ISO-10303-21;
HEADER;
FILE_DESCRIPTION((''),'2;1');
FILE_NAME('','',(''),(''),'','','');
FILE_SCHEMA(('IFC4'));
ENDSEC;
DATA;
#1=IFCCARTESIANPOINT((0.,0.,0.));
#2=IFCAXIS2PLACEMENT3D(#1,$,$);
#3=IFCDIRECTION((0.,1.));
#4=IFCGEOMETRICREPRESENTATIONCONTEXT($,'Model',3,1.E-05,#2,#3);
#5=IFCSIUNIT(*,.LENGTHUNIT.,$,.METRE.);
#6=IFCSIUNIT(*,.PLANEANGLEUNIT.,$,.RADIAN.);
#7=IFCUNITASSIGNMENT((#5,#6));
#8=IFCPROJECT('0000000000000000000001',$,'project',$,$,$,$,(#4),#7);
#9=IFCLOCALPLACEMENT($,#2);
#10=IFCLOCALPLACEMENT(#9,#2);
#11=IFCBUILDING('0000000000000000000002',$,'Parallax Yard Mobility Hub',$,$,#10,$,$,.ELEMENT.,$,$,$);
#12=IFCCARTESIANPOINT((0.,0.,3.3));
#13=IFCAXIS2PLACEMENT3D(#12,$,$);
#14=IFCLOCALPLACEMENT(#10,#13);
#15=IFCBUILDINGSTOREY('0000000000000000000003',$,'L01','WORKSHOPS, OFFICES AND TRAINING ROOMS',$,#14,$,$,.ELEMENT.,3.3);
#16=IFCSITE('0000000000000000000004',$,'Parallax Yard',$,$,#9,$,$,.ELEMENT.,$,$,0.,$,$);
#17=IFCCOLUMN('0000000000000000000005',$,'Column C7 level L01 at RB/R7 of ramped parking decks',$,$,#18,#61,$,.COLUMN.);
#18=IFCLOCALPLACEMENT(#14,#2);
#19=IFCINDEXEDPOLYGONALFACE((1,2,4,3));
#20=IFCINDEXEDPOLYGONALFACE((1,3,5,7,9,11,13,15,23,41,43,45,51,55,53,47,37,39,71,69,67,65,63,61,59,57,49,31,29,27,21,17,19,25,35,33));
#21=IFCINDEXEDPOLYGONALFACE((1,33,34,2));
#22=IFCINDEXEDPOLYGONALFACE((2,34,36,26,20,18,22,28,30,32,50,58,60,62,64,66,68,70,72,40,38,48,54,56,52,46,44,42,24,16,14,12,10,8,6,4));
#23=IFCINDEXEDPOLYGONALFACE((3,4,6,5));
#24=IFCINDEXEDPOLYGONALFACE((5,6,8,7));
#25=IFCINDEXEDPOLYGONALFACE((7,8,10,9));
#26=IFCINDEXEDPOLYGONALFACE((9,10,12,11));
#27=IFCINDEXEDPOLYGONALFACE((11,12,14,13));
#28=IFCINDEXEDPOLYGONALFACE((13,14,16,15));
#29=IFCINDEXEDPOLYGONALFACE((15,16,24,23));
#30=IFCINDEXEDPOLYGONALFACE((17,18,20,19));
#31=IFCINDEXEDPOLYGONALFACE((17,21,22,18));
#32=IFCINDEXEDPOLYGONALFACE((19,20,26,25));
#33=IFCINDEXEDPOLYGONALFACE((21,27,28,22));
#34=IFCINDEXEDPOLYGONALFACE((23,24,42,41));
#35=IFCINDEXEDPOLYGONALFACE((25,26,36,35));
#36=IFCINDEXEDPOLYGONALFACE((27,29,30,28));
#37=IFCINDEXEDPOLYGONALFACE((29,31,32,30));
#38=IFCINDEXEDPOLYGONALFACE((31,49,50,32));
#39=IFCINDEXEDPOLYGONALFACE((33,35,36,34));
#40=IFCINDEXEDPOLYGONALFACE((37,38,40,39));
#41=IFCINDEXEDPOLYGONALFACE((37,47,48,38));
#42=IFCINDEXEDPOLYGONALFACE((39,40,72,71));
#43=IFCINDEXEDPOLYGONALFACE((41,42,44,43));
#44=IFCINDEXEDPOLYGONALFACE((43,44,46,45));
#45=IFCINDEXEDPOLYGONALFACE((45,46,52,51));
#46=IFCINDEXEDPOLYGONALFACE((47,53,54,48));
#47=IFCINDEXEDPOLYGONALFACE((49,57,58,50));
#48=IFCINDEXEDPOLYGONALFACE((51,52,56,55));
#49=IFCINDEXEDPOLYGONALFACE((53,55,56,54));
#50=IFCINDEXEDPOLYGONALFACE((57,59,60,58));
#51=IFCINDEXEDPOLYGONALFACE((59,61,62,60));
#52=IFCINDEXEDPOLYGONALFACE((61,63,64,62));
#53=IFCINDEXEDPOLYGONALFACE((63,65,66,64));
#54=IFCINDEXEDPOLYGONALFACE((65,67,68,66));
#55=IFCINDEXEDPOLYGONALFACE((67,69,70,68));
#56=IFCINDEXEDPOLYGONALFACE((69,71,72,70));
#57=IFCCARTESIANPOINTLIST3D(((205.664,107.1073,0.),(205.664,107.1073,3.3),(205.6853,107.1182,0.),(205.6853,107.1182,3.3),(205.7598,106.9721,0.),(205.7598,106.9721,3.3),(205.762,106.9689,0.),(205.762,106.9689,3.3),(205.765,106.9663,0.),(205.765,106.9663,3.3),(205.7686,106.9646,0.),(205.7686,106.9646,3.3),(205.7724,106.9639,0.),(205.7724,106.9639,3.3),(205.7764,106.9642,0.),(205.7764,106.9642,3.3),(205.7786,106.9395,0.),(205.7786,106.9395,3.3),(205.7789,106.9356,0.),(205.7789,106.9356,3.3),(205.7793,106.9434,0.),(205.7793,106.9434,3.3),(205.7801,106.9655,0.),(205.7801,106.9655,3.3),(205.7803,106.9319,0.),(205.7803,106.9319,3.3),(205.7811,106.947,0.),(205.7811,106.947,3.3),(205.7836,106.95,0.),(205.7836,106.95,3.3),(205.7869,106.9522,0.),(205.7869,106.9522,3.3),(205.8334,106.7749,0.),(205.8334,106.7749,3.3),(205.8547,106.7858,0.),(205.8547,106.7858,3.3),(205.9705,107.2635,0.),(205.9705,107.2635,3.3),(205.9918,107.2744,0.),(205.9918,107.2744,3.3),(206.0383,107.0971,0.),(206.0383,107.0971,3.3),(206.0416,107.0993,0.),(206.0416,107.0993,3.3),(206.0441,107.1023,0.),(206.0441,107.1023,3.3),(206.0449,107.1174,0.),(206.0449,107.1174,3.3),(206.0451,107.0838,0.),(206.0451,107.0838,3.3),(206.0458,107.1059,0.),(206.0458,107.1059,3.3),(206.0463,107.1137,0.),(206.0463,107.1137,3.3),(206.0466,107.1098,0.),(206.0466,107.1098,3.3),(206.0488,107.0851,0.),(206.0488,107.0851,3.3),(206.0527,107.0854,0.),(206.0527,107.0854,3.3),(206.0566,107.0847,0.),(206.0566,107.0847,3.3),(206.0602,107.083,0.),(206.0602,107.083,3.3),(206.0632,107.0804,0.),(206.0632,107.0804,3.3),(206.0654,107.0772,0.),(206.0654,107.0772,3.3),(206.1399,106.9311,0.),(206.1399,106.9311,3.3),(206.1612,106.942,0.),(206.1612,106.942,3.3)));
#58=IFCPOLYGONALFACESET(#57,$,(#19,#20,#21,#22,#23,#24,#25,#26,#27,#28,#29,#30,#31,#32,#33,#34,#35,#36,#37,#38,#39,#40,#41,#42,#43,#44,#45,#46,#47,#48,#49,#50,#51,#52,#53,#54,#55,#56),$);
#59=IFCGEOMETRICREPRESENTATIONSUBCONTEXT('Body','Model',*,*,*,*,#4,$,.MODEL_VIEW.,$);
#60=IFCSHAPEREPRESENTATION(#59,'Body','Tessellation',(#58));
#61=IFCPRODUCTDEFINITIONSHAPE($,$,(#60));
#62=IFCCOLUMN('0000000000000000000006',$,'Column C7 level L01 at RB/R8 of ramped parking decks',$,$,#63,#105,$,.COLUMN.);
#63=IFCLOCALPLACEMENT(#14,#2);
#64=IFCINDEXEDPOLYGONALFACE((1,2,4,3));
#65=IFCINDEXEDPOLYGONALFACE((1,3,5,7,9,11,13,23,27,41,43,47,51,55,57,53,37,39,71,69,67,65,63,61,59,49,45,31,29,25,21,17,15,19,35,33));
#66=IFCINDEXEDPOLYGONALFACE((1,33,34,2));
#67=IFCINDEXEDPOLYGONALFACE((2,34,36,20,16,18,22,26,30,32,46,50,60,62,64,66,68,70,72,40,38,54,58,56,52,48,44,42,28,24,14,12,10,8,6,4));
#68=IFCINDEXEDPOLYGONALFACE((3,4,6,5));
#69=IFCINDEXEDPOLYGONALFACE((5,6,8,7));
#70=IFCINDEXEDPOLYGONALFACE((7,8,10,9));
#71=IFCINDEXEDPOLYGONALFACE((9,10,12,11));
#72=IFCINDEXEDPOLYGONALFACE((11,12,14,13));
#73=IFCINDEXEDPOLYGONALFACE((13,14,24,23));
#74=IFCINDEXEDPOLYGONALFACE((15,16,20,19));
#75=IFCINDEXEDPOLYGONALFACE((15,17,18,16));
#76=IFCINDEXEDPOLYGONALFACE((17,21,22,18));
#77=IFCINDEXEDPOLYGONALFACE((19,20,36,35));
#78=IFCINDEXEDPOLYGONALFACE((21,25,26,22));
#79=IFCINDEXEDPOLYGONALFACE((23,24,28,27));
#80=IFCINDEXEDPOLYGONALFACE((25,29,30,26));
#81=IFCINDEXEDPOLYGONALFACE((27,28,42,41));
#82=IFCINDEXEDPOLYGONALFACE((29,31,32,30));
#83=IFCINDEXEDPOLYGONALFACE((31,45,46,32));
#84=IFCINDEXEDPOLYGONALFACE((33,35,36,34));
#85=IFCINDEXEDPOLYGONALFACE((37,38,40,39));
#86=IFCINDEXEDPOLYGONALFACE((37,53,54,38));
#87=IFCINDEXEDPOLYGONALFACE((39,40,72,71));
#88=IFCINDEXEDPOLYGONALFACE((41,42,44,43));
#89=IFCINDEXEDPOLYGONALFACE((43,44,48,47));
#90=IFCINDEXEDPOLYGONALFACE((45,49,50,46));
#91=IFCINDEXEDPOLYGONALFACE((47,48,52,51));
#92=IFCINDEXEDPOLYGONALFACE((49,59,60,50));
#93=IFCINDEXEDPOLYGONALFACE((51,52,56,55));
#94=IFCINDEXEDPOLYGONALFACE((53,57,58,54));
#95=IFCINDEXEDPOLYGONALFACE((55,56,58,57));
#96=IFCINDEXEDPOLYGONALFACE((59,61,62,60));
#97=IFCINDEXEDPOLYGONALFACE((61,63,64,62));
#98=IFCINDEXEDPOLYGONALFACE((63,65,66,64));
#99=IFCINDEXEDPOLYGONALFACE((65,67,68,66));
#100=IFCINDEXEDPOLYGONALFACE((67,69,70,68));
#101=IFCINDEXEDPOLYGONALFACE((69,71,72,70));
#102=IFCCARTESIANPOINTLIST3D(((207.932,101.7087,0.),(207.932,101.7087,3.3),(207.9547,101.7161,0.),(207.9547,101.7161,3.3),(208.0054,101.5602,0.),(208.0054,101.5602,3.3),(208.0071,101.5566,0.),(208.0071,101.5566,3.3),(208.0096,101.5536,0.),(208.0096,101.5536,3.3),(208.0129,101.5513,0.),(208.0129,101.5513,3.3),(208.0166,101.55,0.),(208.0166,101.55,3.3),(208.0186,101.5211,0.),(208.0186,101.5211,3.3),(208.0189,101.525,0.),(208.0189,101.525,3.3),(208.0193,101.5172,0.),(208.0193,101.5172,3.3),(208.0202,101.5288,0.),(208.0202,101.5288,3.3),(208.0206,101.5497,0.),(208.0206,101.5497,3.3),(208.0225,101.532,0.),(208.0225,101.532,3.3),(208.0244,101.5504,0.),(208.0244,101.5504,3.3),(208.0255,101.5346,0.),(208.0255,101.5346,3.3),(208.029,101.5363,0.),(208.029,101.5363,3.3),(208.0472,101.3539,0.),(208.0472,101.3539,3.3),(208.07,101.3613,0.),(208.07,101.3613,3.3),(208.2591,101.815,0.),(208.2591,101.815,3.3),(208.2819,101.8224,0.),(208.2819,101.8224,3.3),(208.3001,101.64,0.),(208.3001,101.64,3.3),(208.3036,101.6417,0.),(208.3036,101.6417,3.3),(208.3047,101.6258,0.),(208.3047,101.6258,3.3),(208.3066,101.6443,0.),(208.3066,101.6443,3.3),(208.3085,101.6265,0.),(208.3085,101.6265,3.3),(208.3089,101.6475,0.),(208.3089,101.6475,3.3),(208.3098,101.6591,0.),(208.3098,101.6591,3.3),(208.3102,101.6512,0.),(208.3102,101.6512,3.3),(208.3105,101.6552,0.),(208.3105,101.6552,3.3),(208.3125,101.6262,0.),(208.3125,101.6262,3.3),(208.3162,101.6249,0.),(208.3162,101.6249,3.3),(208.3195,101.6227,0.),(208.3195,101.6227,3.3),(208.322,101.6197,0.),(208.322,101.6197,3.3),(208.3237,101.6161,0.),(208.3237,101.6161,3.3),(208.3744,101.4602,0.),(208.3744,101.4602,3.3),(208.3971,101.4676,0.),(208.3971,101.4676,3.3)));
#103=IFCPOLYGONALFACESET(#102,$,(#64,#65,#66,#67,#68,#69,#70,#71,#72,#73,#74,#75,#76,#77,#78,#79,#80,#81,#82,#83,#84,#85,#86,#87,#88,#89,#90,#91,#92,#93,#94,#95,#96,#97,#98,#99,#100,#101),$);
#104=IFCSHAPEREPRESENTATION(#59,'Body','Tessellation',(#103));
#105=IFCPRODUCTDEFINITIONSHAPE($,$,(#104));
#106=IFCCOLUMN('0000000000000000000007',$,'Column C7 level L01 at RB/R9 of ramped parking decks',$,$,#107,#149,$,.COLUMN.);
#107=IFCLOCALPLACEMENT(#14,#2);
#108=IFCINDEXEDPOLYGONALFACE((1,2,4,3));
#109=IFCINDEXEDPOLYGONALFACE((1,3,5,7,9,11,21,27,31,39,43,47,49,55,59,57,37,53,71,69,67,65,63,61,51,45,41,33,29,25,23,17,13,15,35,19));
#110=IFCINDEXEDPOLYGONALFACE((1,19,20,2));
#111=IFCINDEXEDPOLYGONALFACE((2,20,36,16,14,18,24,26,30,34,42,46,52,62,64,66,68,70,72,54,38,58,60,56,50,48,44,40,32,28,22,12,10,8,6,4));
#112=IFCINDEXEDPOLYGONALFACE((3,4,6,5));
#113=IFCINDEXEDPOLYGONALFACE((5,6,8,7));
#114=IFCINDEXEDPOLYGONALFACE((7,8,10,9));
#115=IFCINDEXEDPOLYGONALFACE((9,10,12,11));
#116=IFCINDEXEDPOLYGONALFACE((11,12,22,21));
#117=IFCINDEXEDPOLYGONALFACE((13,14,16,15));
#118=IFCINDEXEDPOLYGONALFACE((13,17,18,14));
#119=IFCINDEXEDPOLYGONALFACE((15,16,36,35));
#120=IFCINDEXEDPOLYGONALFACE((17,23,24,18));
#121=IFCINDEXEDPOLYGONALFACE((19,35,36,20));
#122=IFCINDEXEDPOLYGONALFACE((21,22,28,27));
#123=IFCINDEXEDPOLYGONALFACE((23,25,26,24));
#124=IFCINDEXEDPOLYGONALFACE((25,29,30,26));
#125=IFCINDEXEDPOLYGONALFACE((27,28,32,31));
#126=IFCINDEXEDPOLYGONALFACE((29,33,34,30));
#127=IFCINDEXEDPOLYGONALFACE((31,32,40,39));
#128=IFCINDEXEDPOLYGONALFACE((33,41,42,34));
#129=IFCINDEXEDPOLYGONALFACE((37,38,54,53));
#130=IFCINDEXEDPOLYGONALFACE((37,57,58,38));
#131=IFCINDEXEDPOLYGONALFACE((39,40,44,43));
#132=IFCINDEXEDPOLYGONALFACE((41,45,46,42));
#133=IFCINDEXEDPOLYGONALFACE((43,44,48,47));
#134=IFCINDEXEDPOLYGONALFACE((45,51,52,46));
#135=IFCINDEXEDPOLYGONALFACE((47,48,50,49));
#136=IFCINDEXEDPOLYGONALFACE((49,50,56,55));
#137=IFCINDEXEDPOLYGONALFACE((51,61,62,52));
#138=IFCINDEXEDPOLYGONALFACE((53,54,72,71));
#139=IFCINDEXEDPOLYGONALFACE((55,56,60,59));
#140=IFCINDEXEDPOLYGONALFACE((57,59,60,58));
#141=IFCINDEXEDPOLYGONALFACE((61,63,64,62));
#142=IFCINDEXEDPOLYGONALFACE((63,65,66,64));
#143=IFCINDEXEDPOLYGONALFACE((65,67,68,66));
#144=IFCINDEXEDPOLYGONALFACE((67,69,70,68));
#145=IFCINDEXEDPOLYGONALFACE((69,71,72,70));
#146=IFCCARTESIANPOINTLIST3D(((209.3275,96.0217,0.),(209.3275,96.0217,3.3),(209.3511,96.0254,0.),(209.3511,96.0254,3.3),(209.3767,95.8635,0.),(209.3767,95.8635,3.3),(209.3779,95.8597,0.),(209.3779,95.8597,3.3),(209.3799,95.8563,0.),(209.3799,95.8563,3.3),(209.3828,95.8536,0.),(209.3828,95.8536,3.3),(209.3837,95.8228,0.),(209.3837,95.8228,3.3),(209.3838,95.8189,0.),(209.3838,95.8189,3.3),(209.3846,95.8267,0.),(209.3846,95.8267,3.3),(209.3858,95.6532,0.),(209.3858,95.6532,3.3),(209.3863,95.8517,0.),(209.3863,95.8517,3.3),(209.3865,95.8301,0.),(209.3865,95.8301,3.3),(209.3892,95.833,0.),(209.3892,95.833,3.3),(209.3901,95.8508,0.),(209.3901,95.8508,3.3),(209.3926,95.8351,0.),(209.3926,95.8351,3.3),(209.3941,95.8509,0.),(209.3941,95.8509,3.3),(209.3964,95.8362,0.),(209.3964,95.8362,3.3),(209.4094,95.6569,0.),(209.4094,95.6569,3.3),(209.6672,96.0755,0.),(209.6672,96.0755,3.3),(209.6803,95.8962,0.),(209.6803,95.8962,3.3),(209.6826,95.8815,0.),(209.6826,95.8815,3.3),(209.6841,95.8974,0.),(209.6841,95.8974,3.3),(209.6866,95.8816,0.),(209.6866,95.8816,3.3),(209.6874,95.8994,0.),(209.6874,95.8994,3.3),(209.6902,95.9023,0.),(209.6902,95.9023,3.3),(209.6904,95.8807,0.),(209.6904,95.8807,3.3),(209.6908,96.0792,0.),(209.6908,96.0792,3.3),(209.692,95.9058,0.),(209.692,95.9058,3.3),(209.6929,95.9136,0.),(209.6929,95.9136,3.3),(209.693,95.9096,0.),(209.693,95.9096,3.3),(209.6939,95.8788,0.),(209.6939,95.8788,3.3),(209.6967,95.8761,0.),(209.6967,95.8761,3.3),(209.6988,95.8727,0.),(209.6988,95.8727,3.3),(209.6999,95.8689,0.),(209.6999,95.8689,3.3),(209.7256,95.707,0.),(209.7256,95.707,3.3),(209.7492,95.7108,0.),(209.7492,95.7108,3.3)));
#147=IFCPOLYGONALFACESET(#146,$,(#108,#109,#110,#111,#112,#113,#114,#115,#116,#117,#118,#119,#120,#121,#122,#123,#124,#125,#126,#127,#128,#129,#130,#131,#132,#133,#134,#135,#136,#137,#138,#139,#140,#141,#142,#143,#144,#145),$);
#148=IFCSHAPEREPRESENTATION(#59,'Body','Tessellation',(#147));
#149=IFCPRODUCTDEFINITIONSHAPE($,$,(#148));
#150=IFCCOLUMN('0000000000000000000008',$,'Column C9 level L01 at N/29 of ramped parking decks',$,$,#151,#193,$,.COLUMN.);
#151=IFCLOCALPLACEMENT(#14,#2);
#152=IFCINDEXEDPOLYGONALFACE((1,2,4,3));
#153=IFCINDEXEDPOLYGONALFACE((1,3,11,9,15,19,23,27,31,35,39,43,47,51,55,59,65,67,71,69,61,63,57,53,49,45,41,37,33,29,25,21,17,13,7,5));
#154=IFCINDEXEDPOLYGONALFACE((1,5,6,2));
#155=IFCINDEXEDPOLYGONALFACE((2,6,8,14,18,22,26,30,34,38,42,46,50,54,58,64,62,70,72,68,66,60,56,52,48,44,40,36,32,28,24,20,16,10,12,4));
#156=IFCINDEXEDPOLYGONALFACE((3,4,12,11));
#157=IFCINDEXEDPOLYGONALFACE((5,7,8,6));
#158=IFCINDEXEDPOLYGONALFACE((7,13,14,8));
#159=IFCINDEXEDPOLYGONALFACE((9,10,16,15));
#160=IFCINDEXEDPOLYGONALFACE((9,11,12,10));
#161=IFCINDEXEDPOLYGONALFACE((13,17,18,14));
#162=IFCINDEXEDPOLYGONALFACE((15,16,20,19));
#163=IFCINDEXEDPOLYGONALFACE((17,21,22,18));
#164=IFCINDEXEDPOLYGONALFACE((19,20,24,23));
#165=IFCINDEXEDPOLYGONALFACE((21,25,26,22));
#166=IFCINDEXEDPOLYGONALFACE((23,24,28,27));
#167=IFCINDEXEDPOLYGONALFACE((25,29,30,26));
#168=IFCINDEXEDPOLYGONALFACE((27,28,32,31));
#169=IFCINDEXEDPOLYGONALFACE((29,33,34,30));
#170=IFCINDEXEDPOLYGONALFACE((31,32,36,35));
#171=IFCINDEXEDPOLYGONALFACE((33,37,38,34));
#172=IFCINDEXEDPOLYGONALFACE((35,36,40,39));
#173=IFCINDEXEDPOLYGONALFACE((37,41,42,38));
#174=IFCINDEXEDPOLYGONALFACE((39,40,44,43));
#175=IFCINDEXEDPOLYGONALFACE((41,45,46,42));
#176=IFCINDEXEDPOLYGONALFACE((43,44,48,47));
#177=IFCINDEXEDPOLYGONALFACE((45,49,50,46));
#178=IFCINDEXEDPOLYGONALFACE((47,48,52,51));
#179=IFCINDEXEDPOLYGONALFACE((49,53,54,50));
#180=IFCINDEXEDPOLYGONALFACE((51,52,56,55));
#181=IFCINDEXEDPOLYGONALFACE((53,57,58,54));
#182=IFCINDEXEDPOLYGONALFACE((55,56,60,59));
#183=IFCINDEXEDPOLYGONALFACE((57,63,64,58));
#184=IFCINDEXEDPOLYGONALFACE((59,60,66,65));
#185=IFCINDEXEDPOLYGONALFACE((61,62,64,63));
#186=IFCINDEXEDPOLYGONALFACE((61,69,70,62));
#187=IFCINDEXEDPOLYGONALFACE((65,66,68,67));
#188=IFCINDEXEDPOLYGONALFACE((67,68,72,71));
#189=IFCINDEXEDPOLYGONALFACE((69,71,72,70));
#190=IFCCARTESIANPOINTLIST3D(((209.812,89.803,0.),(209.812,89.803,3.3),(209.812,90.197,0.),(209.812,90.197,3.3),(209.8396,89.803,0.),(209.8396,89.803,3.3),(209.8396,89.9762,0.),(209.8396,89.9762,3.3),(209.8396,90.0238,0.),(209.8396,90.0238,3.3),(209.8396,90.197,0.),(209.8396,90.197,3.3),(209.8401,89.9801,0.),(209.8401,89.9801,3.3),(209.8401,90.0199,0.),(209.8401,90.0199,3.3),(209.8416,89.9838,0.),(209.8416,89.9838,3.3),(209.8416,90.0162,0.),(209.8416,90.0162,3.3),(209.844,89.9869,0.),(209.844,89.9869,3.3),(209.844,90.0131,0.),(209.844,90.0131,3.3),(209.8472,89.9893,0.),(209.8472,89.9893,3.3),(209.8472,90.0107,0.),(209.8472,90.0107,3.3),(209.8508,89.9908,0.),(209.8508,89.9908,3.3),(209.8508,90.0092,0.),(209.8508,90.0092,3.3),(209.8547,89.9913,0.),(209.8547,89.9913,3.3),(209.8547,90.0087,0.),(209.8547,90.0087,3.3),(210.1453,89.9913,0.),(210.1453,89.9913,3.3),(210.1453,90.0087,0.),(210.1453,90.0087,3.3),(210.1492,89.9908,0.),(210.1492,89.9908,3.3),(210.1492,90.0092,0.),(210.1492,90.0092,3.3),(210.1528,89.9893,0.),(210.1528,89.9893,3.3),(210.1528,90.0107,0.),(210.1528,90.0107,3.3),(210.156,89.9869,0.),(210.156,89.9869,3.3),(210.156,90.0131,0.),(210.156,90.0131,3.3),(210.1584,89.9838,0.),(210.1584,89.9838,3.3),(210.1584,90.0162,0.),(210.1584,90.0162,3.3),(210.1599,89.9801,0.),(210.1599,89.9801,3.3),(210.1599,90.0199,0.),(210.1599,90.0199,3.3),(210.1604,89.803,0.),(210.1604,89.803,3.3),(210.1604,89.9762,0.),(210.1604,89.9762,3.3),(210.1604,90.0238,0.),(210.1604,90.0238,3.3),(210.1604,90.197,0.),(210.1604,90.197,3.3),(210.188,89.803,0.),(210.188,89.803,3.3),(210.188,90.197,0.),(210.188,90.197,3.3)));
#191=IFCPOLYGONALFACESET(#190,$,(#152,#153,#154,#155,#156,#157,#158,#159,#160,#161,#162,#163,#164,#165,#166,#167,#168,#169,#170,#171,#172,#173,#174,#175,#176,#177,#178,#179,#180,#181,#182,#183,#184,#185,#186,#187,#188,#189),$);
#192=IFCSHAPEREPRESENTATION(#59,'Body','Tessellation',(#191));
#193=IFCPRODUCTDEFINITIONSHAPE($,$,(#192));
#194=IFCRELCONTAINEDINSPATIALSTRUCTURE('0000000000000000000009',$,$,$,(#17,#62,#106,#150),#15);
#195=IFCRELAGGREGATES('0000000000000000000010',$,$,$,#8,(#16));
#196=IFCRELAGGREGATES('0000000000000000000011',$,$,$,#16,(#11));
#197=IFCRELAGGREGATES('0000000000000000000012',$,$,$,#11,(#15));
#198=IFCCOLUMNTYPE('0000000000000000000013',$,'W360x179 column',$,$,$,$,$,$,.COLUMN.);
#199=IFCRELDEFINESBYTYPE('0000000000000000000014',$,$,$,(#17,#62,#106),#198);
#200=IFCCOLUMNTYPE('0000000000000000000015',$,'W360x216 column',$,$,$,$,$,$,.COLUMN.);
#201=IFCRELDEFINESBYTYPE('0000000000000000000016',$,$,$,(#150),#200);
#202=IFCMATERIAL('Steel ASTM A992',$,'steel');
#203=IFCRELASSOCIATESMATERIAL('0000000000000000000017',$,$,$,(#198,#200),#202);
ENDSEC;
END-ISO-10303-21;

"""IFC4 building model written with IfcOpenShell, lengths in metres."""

from ifc_helpers import new_model, si_unit, direction, frame, origin, origin_2d, place, context, subcontext, project, spatial, i_section, extrude, material, material_profile, profile_set, type_object, element, save


model = new_model("IFC4")

# Units and contexts
model_context = context("Model", 3, precision=1e-05, world=origin(), true_north=direction((0.0, 1.0)))
body_context = subcontext(model_context, "Body", "Model", "MODEL_VIEW")
ifc_project = project(units=[si_unit("LENGTHUNIT", "METRE"), si_unit("PLANEANGLEUNIT", "RADIAN")], contexts=[model_context])

# Site, building, storey
site_placement = place(None, origin())
site = spatial("IfcSite", under=ifc_project, at=site_placement, Name="Parallax Yard", CompositionType="ELEMENT", RefElevation=0.0)
building_placement = place(site_placement, origin())
building = spatial("IfcBuilding", under=site, at=building_placement, Name="Parallax Yard Mobility Hub", CompositionType="ELEMENT")
storey_placement = place(building_placement, frame((0.0, 0.0, 3.3)))
storey = spatial("IfcBuildingStorey", under=building, at=storey_placement, Name="L01", Description="WORKSHOPS, OFFICES AND TRAINING ROOMS", CompositionType="ELEMENT", Elevation=3.3)

# Columns
ifc_material_1 = material(Name="Steel ASTM A992", Category="steel")
ifc_material_profile_1 = material_profile(ifc_material_1, i_section(OverallWidth=0.373, OverallDepth=0.3679, WebThickness=0.0149, FlangeThickness=0.0239, FilletRadius=0.0151, at=origin_2d()), Name="W360x179")
ifc_profile_set_1 = profile_set([ifc_material_profile_1], Name="Steel ASTM A992")
column_type_1 = type_object("IfcColumnType", Name="W360x179 column", PredefinedType="COLUMN", material=ifc_profile_set_1)
for number, where, z_axis, x_axis, name in (
    (1, (205.9126, 107.0247, 0.0), (0.0, 0.0, 1.0), (-0.45399, 0.891007, 0.0), "Column C7 level L01 at RB/R7 of ramped parking decks"),
    (2, (208.1646, 101.5881, 0.0), (0.0, 0.0, 1.0), (-0.309017, 0.951057, 0.0), "Column C7 level L01 at RB/R8 of ramped parking decks"),
    (3, (209.5383, 95.8662, 0.0), (0.0, 0.0, 1.0), (-0.156434, 0.987688, 0.0), "Column C7 level L01 at RB/R9 of ramped parking decks"),
):
    element("IfcColumn", number, at=place(storey_placement, frame(where, z_axis=z_axis, x_axis=x_axis)), inside=storey, type_object=column_type_1, Name=name, PredefinedType="COLUMN", context=body_context, shape_type="SweptSolid", body=[
        extrude(i_section(OverallWidth=0.373, OverallDepth=0.3679, WebThickness=0.0149, FlangeThickness=0.0239, FilletRadius=0.0151, at=origin_2d()), origin(), (0.0, 0.0, 1.0), 3.3),
    ])
ifc_material_profile_2 = material_profile(ifc_material_1, i_section(OverallWidth=0.394, OverallDepth=0.376, WebThickness=0.0173, FlangeThickness=0.0276, FilletRadius=0.0151, at=origin_2d()), Name="W360x216")
ifc_profile_set_2 = profile_set([ifc_material_profile_2], Name="Steel ASTM A992")
column_type_2 = type_object("IfcColumnType", Name="W360x216 column", PredefinedType="COLUMN", material=ifc_profile_set_2)
column_placement = place(storey_placement, frame((210.0, 90.0, 0.0), z_axis=(0.0, 0.0, 1.0), x_axis=(0.0, 1.0, 0.0)))
element("IfcColumn", 4, at=column_placement, inside=storey, type_object=column_type_2, Name="Column C9 level L01 at N/29 of ramped parking decks", PredefinedType="COLUMN", context=body_context, shape_type="SweptSolid", body=[
    extrude(i_section(OverallWidth=0.394, OverallDepth=0.376, WebThickness=0.0173, FlangeThickness=0.0276, FilletRadius=0.0151, at=origin_2d()), origin(), (0.0, 0.0, 1.0), 3.3),
])

save(model, "model.ifc")
